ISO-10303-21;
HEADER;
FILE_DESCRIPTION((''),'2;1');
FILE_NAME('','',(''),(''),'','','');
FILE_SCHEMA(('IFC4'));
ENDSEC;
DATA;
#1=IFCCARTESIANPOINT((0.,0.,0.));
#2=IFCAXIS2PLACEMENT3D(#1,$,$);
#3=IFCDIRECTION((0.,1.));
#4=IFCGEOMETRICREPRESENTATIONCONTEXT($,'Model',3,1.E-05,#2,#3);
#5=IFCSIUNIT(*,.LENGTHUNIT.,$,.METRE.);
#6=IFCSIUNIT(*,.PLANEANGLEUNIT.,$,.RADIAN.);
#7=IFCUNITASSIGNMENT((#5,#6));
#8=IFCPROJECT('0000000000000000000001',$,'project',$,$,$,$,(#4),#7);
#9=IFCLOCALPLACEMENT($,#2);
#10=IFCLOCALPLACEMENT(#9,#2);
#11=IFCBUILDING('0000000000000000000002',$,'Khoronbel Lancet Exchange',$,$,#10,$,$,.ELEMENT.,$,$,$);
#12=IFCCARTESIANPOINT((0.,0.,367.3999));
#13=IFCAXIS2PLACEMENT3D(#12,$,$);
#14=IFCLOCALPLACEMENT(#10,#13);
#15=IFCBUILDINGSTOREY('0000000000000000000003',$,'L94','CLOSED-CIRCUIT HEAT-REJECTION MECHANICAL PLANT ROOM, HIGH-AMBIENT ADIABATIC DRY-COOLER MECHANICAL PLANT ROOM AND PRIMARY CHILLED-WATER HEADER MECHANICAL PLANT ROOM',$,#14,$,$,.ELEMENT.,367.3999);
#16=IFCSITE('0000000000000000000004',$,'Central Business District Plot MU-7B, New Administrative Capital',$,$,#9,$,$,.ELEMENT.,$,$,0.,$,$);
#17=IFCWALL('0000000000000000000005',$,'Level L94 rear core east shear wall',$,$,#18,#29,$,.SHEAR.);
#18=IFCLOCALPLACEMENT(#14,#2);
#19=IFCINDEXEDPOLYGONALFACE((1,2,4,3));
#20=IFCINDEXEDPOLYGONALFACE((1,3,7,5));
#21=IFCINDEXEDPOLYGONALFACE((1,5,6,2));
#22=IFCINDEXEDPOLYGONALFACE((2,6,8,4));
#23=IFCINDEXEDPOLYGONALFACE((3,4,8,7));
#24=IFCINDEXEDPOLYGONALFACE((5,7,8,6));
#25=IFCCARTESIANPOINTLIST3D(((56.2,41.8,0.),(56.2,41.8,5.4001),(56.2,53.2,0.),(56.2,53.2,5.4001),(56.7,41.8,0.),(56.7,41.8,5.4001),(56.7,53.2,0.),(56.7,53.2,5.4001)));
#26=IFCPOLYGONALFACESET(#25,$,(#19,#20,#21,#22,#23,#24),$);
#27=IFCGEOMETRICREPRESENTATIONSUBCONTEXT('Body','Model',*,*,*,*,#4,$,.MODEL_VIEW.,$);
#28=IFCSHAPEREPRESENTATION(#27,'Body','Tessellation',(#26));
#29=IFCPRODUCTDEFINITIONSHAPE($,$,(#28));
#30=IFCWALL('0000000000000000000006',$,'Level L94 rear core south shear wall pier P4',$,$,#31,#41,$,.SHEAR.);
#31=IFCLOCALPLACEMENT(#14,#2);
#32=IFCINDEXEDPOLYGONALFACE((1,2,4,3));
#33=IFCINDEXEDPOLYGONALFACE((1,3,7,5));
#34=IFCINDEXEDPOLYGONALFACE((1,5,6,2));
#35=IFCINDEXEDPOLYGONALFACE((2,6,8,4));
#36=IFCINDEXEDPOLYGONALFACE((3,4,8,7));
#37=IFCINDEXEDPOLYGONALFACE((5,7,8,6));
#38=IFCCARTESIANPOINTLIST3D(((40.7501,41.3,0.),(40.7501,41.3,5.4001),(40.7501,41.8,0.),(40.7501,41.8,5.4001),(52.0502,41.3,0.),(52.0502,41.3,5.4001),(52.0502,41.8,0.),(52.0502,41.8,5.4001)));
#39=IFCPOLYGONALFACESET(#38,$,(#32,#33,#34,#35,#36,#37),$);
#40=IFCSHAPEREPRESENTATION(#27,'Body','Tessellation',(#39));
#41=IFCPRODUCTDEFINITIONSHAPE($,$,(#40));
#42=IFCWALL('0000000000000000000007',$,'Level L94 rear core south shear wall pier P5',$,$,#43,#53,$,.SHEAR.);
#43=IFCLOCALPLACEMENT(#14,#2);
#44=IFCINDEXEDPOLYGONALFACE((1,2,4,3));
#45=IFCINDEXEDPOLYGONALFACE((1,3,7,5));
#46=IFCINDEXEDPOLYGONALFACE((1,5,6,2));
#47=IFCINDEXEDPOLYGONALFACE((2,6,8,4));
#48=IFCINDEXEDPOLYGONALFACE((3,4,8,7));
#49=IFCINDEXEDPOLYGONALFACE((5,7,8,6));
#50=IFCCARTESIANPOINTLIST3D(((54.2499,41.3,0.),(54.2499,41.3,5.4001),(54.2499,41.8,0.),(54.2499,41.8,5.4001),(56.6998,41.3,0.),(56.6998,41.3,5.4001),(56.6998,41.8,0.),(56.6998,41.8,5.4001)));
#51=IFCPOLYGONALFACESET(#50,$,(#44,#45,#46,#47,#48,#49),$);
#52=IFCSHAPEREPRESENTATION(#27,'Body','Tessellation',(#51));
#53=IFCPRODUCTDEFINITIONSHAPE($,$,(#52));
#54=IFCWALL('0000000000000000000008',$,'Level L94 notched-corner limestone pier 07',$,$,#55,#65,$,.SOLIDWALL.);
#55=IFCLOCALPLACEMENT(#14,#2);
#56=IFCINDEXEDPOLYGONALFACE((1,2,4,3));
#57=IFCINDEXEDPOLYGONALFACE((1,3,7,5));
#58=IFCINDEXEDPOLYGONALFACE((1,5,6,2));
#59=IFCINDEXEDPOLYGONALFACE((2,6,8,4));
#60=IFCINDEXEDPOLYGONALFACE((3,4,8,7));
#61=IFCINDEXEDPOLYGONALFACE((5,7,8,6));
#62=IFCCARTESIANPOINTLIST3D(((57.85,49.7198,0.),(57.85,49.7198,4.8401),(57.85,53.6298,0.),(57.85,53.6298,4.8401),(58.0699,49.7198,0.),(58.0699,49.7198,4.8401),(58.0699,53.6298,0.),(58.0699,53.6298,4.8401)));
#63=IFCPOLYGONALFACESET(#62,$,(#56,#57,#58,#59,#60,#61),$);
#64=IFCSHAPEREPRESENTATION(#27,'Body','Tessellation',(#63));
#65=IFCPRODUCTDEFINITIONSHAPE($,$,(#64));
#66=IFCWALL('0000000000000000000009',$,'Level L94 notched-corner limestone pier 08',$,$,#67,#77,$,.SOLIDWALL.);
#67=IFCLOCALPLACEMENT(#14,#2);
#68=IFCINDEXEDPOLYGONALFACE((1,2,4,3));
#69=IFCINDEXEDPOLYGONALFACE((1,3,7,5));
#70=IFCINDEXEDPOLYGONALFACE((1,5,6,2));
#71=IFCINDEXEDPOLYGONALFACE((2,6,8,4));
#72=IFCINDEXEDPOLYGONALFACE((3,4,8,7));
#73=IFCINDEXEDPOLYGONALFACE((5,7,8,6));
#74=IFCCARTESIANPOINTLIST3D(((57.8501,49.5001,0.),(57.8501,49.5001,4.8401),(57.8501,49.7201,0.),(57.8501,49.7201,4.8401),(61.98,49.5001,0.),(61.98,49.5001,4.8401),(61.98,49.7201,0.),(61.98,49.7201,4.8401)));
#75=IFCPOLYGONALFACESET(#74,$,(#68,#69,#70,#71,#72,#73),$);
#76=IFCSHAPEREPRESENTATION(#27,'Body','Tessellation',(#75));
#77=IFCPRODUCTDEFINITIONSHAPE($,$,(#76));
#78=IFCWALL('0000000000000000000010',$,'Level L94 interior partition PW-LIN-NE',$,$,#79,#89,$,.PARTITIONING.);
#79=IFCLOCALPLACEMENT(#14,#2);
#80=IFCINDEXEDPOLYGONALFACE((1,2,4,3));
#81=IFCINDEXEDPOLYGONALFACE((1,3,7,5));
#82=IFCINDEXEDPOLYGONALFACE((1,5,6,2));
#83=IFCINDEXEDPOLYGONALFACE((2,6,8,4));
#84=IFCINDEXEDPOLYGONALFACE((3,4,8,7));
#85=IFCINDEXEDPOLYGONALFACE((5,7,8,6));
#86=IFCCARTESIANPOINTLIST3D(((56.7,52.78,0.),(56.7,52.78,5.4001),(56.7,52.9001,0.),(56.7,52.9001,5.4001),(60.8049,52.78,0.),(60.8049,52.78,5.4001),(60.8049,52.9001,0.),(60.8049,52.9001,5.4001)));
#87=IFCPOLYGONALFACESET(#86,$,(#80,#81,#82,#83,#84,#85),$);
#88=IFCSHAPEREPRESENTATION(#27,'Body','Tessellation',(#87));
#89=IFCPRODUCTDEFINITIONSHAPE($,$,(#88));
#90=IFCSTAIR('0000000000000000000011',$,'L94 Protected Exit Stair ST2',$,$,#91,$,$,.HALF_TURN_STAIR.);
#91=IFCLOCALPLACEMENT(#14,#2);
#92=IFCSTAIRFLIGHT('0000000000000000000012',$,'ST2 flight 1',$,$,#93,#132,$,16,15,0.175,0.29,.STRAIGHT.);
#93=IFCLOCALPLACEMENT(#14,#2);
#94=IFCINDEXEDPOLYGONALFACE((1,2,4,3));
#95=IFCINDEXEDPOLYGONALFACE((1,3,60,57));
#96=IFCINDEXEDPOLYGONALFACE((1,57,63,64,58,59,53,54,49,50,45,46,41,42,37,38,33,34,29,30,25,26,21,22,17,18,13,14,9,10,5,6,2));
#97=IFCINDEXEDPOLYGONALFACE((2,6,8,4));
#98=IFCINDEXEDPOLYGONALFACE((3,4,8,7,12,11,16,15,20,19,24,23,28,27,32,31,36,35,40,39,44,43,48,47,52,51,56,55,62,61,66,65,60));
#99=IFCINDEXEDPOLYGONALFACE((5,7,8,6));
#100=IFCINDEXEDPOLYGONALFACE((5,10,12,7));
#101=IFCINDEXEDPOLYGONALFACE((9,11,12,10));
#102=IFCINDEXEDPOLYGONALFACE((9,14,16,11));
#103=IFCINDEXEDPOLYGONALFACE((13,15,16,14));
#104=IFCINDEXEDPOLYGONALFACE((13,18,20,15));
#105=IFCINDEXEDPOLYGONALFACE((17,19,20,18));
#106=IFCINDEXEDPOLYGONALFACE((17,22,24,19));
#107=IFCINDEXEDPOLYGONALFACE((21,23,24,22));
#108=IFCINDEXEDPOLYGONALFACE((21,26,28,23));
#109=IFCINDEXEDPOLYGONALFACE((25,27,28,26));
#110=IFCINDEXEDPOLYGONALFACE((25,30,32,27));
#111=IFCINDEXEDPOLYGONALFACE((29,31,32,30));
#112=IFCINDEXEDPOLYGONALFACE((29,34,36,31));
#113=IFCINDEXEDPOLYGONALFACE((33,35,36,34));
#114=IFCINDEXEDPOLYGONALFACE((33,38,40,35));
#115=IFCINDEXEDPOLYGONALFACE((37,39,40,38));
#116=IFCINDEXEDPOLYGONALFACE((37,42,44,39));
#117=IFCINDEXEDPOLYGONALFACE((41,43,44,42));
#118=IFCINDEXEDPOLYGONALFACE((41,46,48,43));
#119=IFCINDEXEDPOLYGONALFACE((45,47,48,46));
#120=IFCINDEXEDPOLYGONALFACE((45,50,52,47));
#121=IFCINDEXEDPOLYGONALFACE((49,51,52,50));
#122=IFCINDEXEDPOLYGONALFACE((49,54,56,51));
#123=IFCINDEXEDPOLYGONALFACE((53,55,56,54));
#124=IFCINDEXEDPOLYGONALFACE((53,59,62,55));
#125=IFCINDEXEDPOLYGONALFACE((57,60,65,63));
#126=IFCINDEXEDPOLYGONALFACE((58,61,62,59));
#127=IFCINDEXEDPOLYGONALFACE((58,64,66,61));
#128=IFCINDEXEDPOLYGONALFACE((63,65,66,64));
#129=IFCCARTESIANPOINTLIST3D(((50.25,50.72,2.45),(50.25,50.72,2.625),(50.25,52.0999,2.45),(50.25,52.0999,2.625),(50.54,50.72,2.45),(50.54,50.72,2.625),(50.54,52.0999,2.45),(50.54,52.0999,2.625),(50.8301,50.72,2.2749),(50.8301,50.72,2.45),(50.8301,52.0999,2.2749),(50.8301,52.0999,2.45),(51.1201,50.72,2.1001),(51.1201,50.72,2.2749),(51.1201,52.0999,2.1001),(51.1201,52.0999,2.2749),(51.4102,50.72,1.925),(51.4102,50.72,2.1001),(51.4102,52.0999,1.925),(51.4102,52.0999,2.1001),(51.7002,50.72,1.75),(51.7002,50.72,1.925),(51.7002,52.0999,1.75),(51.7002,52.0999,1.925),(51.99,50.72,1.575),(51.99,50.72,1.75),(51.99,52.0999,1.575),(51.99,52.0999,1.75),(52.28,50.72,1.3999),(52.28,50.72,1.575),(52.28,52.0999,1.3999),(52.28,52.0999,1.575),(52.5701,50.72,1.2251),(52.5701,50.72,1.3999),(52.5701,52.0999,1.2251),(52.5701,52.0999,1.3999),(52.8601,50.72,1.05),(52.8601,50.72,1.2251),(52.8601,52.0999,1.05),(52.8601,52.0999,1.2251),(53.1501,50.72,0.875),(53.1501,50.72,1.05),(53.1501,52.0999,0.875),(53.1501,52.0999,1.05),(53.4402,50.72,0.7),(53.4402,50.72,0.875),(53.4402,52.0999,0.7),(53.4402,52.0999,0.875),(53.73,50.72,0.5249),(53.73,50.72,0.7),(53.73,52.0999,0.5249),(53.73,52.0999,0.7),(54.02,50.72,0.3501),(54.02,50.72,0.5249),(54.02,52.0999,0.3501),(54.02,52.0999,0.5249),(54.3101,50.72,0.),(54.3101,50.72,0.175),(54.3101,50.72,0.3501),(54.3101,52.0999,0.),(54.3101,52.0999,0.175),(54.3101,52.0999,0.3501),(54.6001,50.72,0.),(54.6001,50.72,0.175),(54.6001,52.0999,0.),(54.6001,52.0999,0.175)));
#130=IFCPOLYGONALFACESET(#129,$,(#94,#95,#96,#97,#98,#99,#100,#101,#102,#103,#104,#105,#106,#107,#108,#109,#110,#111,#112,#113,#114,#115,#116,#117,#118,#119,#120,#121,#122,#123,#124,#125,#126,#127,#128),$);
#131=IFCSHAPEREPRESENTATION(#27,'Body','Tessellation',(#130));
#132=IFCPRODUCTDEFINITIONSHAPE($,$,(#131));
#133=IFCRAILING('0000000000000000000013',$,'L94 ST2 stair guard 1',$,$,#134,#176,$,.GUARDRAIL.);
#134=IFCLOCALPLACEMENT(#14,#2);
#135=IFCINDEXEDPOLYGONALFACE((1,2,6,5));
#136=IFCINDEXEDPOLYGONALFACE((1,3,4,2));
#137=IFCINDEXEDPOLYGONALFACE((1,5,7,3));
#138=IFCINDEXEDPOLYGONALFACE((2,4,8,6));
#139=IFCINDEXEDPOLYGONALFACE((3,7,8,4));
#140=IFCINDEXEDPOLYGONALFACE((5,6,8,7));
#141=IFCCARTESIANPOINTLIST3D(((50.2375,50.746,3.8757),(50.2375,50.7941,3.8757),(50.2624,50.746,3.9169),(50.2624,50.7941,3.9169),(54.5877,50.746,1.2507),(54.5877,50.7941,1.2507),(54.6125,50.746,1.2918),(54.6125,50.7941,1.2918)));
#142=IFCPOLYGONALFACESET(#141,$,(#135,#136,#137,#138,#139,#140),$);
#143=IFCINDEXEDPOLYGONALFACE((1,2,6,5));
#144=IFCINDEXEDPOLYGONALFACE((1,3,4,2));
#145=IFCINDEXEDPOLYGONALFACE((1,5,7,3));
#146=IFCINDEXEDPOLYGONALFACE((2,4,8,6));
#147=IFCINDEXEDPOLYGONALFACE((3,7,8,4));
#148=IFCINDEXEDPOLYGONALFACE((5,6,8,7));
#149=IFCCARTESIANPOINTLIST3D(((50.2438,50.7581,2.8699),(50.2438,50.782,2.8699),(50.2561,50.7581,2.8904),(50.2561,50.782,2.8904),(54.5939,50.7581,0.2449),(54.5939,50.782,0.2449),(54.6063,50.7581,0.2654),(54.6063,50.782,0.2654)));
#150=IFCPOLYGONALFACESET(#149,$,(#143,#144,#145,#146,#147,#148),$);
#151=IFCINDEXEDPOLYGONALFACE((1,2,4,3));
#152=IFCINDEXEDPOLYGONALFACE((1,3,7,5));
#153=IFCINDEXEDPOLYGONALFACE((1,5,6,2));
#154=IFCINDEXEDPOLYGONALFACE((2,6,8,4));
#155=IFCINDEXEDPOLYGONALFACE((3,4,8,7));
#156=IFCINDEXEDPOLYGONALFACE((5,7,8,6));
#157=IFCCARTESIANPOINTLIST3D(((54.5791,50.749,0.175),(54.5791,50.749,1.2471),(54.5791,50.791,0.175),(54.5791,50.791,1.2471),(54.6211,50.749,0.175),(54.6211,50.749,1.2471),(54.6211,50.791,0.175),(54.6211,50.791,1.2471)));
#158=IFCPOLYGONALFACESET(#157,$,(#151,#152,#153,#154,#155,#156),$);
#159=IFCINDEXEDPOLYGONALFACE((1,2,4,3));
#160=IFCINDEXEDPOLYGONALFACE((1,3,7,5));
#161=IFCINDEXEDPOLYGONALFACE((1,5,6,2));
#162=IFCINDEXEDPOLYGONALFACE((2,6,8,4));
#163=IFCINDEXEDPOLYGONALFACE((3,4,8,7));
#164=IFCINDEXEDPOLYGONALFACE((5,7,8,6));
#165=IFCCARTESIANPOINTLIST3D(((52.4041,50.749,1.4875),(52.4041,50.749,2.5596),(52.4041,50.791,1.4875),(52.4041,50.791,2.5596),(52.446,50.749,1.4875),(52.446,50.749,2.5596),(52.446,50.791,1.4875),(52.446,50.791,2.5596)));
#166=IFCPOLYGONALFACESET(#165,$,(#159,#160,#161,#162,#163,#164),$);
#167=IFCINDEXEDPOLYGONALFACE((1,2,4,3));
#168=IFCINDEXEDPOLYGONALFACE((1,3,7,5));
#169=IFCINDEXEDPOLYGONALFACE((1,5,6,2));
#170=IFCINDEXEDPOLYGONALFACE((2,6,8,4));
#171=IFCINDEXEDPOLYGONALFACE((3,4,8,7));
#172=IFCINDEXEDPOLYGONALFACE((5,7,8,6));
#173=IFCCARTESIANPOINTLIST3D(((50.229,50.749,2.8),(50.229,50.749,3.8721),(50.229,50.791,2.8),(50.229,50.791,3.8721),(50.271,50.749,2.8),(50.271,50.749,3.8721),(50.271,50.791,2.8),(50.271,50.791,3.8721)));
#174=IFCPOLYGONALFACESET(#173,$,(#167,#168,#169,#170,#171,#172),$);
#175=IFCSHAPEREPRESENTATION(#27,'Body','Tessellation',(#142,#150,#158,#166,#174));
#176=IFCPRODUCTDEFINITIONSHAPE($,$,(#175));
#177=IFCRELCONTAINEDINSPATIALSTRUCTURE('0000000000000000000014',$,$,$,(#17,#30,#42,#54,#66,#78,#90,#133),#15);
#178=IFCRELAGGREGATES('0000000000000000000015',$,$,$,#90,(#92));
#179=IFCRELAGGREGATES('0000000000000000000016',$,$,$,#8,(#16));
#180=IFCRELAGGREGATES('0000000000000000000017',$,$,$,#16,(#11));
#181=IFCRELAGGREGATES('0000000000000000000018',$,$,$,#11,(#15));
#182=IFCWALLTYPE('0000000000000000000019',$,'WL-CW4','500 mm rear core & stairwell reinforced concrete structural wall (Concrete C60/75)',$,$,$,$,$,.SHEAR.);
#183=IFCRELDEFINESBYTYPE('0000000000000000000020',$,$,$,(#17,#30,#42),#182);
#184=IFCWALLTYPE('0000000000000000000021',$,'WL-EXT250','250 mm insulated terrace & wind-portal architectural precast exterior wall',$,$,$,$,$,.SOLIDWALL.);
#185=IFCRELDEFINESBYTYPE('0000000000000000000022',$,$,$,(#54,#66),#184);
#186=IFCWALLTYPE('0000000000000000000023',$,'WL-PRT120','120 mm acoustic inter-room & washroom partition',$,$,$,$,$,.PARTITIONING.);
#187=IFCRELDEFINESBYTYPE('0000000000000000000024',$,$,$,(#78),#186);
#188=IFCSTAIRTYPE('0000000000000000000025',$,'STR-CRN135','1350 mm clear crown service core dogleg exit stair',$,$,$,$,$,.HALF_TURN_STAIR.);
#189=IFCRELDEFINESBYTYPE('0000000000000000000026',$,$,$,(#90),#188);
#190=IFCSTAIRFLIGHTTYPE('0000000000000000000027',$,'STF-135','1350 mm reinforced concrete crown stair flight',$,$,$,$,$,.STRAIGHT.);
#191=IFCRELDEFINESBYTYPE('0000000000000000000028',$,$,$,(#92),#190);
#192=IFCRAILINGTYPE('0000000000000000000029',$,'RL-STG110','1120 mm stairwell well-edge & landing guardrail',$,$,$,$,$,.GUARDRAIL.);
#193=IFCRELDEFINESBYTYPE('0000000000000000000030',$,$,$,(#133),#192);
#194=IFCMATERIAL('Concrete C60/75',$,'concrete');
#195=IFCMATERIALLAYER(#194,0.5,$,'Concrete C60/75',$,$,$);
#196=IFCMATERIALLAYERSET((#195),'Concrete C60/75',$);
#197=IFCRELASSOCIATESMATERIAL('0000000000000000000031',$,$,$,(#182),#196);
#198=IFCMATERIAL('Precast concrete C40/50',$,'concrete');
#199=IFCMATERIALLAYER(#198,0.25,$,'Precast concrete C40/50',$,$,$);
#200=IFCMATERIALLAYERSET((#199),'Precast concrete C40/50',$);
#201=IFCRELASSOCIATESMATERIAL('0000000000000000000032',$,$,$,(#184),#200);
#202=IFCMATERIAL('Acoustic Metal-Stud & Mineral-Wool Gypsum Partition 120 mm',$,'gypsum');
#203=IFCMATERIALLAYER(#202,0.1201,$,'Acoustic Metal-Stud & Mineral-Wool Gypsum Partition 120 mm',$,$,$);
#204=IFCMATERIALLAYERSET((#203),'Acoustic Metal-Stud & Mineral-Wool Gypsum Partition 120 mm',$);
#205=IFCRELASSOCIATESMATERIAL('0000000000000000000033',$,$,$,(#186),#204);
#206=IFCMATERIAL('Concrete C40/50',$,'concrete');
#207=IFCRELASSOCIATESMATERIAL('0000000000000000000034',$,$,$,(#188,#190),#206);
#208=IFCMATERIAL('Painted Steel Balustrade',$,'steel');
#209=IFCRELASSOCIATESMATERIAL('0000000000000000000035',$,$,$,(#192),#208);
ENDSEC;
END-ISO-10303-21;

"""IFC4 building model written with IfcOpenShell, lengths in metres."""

from ifc_helpers import new_model, si_unit, direction, frame, frame_2d, origin, origin_2d, place, context, subcontext, project, spatial, polyline, rectangle, outline, extrude, material, layer, layer_set, type_object, element, aggregate, save


model = new_model("IFC4")

# Units and contexts
model_context = context("Model", 3, precision=1e-05, world=origin(), true_north=direction((0.0, 1.0)))
body_context = subcontext(model_context, "Body", "Model", "MODEL_VIEW")
ifc_project = project(units=[si_unit("LENGTHUNIT", "METRE"), si_unit("PLANEANGLEUNIT", "RADIAN")], contexts=[model_context])

# Site, building, storey
site_placement = place(None, origin())
site = spatial("IfcSite", under=ifc_project, at=site_placement, Name="Central Business District Plot MU-7B, New Administrative Capital", CompositionType="ELEMENT", RefElevation=0.0)
building_placement = place(site_placement, origin())
building = spatial("IfcBuilding", under=site, at=building_placement, Name="Khoronbel Lancet Exchange", CompositionType="ELEMENT")
storey_placement = place(building_placement, frame((0.0, 0.0, 367.3999)))
storey = spatial("IfcBuildingStorey", under=building, at=storey_placement, Name="L94", Description="CLOSED-CIRCUIT HEAT-REJECTION MECHANICAL PLANT ROOM, HIGH-AMBIENT ADIABATIC DRY-COOLER MECHANICAL PLANT ROOM AND PRIMARY CHILLED-WATER HEADER MECHANICAL PLANT ROOM", CompositionType="ELEMENT", Elevation=367.3999)

# Shared definitions
ifc_material_1 = material(Name="Concrete C60/75", Category="concrete")

# Walls
ifc_layer_1 = layer(ifc_material_1, 0.5, Name="Concrete C60/75")
ifc_layer_set_1 = layer_set([ifc_layer_1], Name="Concrete C60/75")
wall_type_1 = type_object("IfcWallType", Name="WL-CW4", Description="500 mm rear core & stairwell reinforced concrete structural wall (Concrete C60/75)", PredefinedType="SHEAR", material=ifc_layer_set_1)
wall_1_placement = place(storey_placement, frame((56.45, 53.2, 0.0), z_axis=(0.0, 0.0, 1.0), x_axis=(0.0, -1.0, 0.0)))
element("IfcWall", 1, at=wall_1_placement, inside=storey, type_object=wall_type_1, Name="Level L94 rear core east shear wall", PredefinedType="SHEAR", context=body_context, shape_type="SweptSolid", body=[
    extrude(rectangle(XDim=11.3999, YDim=0.5, at=frame_2d((5.7, 0.0))), origin(), (0.0, 0.0, 1.0), 5.4001),
])
wall_2_placement = place(storey_placement, frame((52.05, 41.55, 0.0), z_axis=(0.0, 0.0, 1.0), x_axis=(-1.0, 0.0, 0.0)))
element("IfcWall", 2, at=wall_2_placement, inside=storey, type_object=wall_type_1, Name="Level L94 rear core south shear wall pier P4", PredefinedType="SHEAR", context=body_context, shape_type="SweptSolid", body=[
    extrude(rectangle(XDim=11.3, YDim=0.5, at=frame_2d((5.6499, 0.0))), origin(), (0.0, 0.0, 1.0), 5.4001),
])
wall_3_placement = place(storey_placement, frame((56.7, 41.55, 0.0), z_axis=(0.0, 0.0, 1.0), x_axis=(-1.0, 0.0, 0.0)))
element("IfcWall", 3, at=wall_3_placement, inside=storey, type_object=wall_type_1, Name="Level L94 rear core south shear wall pier P5", PredefinedType="SHEAR", context=body_context, shape_type="SweptSolid", body=[
    extrude(rectangle(XDim=2.45, YDim=0.5, at=frame_2d((1.2251, 0.0))), origin(), (0.0, 0.0, 1.0), 5.4001),
])
ifc_material_2 = material(Name="Precast concrete C40/50", Category="concrete")
ifc_layer_2 = layer(ifc_material_2, 0.25, Name="Precast concrete C40/50")
ifc_layer_set_2 = layer_set([ifc_layer_2], Name="Precast concrete C40/50")
wall_type_2 = type_object("IfcWallType", Name="WL-EXT250", Description="250 mm insulated terrace & wind-portal architectural precast exterior wall", PredefinedType="SOLIDWALL", material=ifc_layer_set_2)
wall_4_placement = place(storey_placement, frame((57.96, 53.6299, 0.0), z_axis=(0.0, 0.0, 1.0), x_axis=(0.0, -1.0, 0.0)))
element("IfcWall", 4, at=wall_4_placement, inside=storey, type_object=wall_type_2, Name="Level L94 notched-corner limestone pier 07", PredefinedType="SOLIDWALL", context=body_context, shape_type="SweptSolid", body=[
    extrude(rectangle(XDim=3.9099, YDim=0.22, at=frame_2d((1.9551, 0.0))), origin(), (0.0, 0.0, 1.0), 4.8401),
])
wall_5_placement = place(storey_placement, frame((57.8501, 49.6101, 0.0), z_axis=(0.0, 0.0, 1.0), x_axis=(1.0, 0.0, 0.0)))
element("IfcWall", 5, at=wall_5_placement, inside=storey, type_object=wall_type_2, Name="Level L94 notched-corner limestone pier 08", PredefinedType="SOLIDWALL", context=body_context, shape_type="SweptSolid", body=[
    extrude(rectangle(XDim=4.1299, YDim=0.22, at=frame_2d((2.0649, 0.0))), origin(), (0.0, 0.0, 1.0), 4.8401),
])
ifc_material_3 = material(Name="Acoustic Metal-Stud & Mineral-Wool Gypsum Partition 120 mm", Category="gypsum")
ifc_layer_3 = layer(ifc_material_3, 0.1201, Name="Acoustic Metal-Stud & Mineral-Wool Gypsum Partition 120 mm")
ifc_layer_set_3 = layer_set([ifc_layer_3], Name="Acoustic Metal-Stud & Mineral-Wool Gypsum Partition 120 mm")
wall_type_3 = type_object("IfcWallType", Name="WL-PRT120", Description="120 mm acoustic inter-room & washroom partition", PredefinedType="PARTITIONING", material=ifc_layer_set_3)
wall_6_placement = place(storey_placement, frame((56.7, 52.8401, 0.0), z_axis=(0.0, 0.0, 1.0), x_axis=(1.0, 0.0, 0.0)))
element("IfcWall", 6, at=wall_6_placement, inside=storey, type_object=wall_type_3, Name="Level L94 interior partition PW-LIN-NE", PredefinedType="PARTITIONING", context=body_context, shape_type="SweptSolid", body=[
    extrude(rectangle(XDim=4.105, YDim=0.1201, at=frame_2d((2.0525, 0.0))), origin(), (0.0, 0.0, 1.0), 5.4001),
])

# Stair, stair flight
ifc_material_4 = material(Name="Concrete C40/50", Category="concrete")
stair_type = type_object("IfcStairType", Name="STR-CRN135", Description="1350 mm clear crown service core dogleg exit stair", PredefinedType="HALF_TURN_STAIR", material=ifc_material_4)
stair_placement = place(storey_placement, origin())
stair = element("IfcStair", 7, at=stair_placement, inside=storey, type_object=stair_type, Name="L94 Protected Exit Stair ST2", PredefinedType="HALF_TURN_STAIR")
stair_flight_type = type_object("IfcStairFlightType", Name="STF-135", Description="1350 mm reinforced concrete crown stair flight", PredefinedType="STRAIGHT", material=ifc_material_4)
stair_flight_placement = place(storey_placement, frame((54.6001, 51.4099, 0.0), z_axis=(0.0, 0.0, 1.0), x_axis=(-1.0, 0.0, 0.0)))
stair_flight = element("IfcStairFlight", 8, at=stair_flight_placement, type_object=stair_flight_type, Name="ST2 flight 1", NumberOfRisers=16, NumberOfTreads=15, PredefinedType="STRAIGHT", RiserHeight=0.175, TreadLength=0.29, context=body_context, shape_type="SweptSolid", body=[
    extrude(outline(polyline([(0.0, 0.0), (0.0, 0.175), (0.29, 0.175), (0.29, 0.3501), (0.5801, 0.3501), (0.5801, 0.5249), (0.8701, 0.5249), (0.8701, 0.7), (1.1599, 0.7), (1.1599, 0.875), (1.45, 0.875), (1.45, 1.05), (1.74, 1.05), (1.74, 1.2251), (2.03, 1.2251), (2.03, 1.3999), (2.3201, 1.3999), (2.3201, 1.575), (2.6101, 1.575), (2.6101, 1.75), (2.8999, 1.75), (2.8999, 1.925), (3.1899, 1.925), (3.1899, 2.1001), (3.48, 2.1001), (3.48, 2.2749), (3.77, 2.2749), (3.77, 2.45), (4.0601, 2.45), (4.0601, 2.625), (4.3501, 2.625), (4.3501, 2.8), (4.3501, 2.45), (0.29, 0.0), (0.0, 0.0)])), frame((0.0, 0.6899, 0.0), z_axis=(0.0, -1.0, 0.0), x_axis=(1.0, 0.0, 0.0)), (0.0, 0.0, 1.0), 1.3799),
])
aggregate(stair, [stair_flight])

# Railing
ifc_material_5 = material(Name="Painted Steel Balustrade", Category="steel")
railing_type_1 = type_object("IfcRailingType", Name="RL-STG110", Description="1120 mm stairwell well-edge & landing guardrail", PredefinedType="GUARDRAIL", material=ifc_material_5)
railing_1_placement = place(storey_placement, frame((54.6001, 50.77, 0.175)))
element("IfcRailing", 9, at=railing_1_placement, inside=storey, type_object=railing_type_1, Name="L94 ST2 stair guard 1", PredefinedType="GUARDRAIL", context=body_context, shape_type="SweptSolid", body=[
    extrude(rectangle(XDim=0.0481, YDim=0.0481, at=origin_2d()), frame((0.0, 0.0, 1.0962), z_axis=(-0.856193, 0.0, 0.516656), x_axis=(0.0, -1.0, 0.0)), (0.0, 0.0, 1.0), 5.0808),
    extrude(rectangle(XDim=0.0239, YDim=0.0239, at=origin_2d()), frame((0.0, 0.0, 0.0801), z_axis=(-0.856193, 0.0, 0.516656), x_axis=(0.0, -1.0, 0.0)), (0.0, 0.0, 1.0), 5.0808),
    extrude(rectangle(XDim=0.042, YDim=0.042, at=origin_2d()), origin(), (0.0, 0.0, 1.0), 1.072),
    extrude(rectangle(XDim=0.042, YDim=0.042, at=origin_2d()), frame((-2.175, 0.0, 1.3125)), (0.0, 0.0, 1.0), 1.072),
    extrude(rectangle(XDim=0.042, YDim=0.042, at=origin_2d()), frame((-4.3501, 0.0, 2.625)), (0.0, 0.0, 1.0), 1.072),
])

save(model, "model.ifc")
